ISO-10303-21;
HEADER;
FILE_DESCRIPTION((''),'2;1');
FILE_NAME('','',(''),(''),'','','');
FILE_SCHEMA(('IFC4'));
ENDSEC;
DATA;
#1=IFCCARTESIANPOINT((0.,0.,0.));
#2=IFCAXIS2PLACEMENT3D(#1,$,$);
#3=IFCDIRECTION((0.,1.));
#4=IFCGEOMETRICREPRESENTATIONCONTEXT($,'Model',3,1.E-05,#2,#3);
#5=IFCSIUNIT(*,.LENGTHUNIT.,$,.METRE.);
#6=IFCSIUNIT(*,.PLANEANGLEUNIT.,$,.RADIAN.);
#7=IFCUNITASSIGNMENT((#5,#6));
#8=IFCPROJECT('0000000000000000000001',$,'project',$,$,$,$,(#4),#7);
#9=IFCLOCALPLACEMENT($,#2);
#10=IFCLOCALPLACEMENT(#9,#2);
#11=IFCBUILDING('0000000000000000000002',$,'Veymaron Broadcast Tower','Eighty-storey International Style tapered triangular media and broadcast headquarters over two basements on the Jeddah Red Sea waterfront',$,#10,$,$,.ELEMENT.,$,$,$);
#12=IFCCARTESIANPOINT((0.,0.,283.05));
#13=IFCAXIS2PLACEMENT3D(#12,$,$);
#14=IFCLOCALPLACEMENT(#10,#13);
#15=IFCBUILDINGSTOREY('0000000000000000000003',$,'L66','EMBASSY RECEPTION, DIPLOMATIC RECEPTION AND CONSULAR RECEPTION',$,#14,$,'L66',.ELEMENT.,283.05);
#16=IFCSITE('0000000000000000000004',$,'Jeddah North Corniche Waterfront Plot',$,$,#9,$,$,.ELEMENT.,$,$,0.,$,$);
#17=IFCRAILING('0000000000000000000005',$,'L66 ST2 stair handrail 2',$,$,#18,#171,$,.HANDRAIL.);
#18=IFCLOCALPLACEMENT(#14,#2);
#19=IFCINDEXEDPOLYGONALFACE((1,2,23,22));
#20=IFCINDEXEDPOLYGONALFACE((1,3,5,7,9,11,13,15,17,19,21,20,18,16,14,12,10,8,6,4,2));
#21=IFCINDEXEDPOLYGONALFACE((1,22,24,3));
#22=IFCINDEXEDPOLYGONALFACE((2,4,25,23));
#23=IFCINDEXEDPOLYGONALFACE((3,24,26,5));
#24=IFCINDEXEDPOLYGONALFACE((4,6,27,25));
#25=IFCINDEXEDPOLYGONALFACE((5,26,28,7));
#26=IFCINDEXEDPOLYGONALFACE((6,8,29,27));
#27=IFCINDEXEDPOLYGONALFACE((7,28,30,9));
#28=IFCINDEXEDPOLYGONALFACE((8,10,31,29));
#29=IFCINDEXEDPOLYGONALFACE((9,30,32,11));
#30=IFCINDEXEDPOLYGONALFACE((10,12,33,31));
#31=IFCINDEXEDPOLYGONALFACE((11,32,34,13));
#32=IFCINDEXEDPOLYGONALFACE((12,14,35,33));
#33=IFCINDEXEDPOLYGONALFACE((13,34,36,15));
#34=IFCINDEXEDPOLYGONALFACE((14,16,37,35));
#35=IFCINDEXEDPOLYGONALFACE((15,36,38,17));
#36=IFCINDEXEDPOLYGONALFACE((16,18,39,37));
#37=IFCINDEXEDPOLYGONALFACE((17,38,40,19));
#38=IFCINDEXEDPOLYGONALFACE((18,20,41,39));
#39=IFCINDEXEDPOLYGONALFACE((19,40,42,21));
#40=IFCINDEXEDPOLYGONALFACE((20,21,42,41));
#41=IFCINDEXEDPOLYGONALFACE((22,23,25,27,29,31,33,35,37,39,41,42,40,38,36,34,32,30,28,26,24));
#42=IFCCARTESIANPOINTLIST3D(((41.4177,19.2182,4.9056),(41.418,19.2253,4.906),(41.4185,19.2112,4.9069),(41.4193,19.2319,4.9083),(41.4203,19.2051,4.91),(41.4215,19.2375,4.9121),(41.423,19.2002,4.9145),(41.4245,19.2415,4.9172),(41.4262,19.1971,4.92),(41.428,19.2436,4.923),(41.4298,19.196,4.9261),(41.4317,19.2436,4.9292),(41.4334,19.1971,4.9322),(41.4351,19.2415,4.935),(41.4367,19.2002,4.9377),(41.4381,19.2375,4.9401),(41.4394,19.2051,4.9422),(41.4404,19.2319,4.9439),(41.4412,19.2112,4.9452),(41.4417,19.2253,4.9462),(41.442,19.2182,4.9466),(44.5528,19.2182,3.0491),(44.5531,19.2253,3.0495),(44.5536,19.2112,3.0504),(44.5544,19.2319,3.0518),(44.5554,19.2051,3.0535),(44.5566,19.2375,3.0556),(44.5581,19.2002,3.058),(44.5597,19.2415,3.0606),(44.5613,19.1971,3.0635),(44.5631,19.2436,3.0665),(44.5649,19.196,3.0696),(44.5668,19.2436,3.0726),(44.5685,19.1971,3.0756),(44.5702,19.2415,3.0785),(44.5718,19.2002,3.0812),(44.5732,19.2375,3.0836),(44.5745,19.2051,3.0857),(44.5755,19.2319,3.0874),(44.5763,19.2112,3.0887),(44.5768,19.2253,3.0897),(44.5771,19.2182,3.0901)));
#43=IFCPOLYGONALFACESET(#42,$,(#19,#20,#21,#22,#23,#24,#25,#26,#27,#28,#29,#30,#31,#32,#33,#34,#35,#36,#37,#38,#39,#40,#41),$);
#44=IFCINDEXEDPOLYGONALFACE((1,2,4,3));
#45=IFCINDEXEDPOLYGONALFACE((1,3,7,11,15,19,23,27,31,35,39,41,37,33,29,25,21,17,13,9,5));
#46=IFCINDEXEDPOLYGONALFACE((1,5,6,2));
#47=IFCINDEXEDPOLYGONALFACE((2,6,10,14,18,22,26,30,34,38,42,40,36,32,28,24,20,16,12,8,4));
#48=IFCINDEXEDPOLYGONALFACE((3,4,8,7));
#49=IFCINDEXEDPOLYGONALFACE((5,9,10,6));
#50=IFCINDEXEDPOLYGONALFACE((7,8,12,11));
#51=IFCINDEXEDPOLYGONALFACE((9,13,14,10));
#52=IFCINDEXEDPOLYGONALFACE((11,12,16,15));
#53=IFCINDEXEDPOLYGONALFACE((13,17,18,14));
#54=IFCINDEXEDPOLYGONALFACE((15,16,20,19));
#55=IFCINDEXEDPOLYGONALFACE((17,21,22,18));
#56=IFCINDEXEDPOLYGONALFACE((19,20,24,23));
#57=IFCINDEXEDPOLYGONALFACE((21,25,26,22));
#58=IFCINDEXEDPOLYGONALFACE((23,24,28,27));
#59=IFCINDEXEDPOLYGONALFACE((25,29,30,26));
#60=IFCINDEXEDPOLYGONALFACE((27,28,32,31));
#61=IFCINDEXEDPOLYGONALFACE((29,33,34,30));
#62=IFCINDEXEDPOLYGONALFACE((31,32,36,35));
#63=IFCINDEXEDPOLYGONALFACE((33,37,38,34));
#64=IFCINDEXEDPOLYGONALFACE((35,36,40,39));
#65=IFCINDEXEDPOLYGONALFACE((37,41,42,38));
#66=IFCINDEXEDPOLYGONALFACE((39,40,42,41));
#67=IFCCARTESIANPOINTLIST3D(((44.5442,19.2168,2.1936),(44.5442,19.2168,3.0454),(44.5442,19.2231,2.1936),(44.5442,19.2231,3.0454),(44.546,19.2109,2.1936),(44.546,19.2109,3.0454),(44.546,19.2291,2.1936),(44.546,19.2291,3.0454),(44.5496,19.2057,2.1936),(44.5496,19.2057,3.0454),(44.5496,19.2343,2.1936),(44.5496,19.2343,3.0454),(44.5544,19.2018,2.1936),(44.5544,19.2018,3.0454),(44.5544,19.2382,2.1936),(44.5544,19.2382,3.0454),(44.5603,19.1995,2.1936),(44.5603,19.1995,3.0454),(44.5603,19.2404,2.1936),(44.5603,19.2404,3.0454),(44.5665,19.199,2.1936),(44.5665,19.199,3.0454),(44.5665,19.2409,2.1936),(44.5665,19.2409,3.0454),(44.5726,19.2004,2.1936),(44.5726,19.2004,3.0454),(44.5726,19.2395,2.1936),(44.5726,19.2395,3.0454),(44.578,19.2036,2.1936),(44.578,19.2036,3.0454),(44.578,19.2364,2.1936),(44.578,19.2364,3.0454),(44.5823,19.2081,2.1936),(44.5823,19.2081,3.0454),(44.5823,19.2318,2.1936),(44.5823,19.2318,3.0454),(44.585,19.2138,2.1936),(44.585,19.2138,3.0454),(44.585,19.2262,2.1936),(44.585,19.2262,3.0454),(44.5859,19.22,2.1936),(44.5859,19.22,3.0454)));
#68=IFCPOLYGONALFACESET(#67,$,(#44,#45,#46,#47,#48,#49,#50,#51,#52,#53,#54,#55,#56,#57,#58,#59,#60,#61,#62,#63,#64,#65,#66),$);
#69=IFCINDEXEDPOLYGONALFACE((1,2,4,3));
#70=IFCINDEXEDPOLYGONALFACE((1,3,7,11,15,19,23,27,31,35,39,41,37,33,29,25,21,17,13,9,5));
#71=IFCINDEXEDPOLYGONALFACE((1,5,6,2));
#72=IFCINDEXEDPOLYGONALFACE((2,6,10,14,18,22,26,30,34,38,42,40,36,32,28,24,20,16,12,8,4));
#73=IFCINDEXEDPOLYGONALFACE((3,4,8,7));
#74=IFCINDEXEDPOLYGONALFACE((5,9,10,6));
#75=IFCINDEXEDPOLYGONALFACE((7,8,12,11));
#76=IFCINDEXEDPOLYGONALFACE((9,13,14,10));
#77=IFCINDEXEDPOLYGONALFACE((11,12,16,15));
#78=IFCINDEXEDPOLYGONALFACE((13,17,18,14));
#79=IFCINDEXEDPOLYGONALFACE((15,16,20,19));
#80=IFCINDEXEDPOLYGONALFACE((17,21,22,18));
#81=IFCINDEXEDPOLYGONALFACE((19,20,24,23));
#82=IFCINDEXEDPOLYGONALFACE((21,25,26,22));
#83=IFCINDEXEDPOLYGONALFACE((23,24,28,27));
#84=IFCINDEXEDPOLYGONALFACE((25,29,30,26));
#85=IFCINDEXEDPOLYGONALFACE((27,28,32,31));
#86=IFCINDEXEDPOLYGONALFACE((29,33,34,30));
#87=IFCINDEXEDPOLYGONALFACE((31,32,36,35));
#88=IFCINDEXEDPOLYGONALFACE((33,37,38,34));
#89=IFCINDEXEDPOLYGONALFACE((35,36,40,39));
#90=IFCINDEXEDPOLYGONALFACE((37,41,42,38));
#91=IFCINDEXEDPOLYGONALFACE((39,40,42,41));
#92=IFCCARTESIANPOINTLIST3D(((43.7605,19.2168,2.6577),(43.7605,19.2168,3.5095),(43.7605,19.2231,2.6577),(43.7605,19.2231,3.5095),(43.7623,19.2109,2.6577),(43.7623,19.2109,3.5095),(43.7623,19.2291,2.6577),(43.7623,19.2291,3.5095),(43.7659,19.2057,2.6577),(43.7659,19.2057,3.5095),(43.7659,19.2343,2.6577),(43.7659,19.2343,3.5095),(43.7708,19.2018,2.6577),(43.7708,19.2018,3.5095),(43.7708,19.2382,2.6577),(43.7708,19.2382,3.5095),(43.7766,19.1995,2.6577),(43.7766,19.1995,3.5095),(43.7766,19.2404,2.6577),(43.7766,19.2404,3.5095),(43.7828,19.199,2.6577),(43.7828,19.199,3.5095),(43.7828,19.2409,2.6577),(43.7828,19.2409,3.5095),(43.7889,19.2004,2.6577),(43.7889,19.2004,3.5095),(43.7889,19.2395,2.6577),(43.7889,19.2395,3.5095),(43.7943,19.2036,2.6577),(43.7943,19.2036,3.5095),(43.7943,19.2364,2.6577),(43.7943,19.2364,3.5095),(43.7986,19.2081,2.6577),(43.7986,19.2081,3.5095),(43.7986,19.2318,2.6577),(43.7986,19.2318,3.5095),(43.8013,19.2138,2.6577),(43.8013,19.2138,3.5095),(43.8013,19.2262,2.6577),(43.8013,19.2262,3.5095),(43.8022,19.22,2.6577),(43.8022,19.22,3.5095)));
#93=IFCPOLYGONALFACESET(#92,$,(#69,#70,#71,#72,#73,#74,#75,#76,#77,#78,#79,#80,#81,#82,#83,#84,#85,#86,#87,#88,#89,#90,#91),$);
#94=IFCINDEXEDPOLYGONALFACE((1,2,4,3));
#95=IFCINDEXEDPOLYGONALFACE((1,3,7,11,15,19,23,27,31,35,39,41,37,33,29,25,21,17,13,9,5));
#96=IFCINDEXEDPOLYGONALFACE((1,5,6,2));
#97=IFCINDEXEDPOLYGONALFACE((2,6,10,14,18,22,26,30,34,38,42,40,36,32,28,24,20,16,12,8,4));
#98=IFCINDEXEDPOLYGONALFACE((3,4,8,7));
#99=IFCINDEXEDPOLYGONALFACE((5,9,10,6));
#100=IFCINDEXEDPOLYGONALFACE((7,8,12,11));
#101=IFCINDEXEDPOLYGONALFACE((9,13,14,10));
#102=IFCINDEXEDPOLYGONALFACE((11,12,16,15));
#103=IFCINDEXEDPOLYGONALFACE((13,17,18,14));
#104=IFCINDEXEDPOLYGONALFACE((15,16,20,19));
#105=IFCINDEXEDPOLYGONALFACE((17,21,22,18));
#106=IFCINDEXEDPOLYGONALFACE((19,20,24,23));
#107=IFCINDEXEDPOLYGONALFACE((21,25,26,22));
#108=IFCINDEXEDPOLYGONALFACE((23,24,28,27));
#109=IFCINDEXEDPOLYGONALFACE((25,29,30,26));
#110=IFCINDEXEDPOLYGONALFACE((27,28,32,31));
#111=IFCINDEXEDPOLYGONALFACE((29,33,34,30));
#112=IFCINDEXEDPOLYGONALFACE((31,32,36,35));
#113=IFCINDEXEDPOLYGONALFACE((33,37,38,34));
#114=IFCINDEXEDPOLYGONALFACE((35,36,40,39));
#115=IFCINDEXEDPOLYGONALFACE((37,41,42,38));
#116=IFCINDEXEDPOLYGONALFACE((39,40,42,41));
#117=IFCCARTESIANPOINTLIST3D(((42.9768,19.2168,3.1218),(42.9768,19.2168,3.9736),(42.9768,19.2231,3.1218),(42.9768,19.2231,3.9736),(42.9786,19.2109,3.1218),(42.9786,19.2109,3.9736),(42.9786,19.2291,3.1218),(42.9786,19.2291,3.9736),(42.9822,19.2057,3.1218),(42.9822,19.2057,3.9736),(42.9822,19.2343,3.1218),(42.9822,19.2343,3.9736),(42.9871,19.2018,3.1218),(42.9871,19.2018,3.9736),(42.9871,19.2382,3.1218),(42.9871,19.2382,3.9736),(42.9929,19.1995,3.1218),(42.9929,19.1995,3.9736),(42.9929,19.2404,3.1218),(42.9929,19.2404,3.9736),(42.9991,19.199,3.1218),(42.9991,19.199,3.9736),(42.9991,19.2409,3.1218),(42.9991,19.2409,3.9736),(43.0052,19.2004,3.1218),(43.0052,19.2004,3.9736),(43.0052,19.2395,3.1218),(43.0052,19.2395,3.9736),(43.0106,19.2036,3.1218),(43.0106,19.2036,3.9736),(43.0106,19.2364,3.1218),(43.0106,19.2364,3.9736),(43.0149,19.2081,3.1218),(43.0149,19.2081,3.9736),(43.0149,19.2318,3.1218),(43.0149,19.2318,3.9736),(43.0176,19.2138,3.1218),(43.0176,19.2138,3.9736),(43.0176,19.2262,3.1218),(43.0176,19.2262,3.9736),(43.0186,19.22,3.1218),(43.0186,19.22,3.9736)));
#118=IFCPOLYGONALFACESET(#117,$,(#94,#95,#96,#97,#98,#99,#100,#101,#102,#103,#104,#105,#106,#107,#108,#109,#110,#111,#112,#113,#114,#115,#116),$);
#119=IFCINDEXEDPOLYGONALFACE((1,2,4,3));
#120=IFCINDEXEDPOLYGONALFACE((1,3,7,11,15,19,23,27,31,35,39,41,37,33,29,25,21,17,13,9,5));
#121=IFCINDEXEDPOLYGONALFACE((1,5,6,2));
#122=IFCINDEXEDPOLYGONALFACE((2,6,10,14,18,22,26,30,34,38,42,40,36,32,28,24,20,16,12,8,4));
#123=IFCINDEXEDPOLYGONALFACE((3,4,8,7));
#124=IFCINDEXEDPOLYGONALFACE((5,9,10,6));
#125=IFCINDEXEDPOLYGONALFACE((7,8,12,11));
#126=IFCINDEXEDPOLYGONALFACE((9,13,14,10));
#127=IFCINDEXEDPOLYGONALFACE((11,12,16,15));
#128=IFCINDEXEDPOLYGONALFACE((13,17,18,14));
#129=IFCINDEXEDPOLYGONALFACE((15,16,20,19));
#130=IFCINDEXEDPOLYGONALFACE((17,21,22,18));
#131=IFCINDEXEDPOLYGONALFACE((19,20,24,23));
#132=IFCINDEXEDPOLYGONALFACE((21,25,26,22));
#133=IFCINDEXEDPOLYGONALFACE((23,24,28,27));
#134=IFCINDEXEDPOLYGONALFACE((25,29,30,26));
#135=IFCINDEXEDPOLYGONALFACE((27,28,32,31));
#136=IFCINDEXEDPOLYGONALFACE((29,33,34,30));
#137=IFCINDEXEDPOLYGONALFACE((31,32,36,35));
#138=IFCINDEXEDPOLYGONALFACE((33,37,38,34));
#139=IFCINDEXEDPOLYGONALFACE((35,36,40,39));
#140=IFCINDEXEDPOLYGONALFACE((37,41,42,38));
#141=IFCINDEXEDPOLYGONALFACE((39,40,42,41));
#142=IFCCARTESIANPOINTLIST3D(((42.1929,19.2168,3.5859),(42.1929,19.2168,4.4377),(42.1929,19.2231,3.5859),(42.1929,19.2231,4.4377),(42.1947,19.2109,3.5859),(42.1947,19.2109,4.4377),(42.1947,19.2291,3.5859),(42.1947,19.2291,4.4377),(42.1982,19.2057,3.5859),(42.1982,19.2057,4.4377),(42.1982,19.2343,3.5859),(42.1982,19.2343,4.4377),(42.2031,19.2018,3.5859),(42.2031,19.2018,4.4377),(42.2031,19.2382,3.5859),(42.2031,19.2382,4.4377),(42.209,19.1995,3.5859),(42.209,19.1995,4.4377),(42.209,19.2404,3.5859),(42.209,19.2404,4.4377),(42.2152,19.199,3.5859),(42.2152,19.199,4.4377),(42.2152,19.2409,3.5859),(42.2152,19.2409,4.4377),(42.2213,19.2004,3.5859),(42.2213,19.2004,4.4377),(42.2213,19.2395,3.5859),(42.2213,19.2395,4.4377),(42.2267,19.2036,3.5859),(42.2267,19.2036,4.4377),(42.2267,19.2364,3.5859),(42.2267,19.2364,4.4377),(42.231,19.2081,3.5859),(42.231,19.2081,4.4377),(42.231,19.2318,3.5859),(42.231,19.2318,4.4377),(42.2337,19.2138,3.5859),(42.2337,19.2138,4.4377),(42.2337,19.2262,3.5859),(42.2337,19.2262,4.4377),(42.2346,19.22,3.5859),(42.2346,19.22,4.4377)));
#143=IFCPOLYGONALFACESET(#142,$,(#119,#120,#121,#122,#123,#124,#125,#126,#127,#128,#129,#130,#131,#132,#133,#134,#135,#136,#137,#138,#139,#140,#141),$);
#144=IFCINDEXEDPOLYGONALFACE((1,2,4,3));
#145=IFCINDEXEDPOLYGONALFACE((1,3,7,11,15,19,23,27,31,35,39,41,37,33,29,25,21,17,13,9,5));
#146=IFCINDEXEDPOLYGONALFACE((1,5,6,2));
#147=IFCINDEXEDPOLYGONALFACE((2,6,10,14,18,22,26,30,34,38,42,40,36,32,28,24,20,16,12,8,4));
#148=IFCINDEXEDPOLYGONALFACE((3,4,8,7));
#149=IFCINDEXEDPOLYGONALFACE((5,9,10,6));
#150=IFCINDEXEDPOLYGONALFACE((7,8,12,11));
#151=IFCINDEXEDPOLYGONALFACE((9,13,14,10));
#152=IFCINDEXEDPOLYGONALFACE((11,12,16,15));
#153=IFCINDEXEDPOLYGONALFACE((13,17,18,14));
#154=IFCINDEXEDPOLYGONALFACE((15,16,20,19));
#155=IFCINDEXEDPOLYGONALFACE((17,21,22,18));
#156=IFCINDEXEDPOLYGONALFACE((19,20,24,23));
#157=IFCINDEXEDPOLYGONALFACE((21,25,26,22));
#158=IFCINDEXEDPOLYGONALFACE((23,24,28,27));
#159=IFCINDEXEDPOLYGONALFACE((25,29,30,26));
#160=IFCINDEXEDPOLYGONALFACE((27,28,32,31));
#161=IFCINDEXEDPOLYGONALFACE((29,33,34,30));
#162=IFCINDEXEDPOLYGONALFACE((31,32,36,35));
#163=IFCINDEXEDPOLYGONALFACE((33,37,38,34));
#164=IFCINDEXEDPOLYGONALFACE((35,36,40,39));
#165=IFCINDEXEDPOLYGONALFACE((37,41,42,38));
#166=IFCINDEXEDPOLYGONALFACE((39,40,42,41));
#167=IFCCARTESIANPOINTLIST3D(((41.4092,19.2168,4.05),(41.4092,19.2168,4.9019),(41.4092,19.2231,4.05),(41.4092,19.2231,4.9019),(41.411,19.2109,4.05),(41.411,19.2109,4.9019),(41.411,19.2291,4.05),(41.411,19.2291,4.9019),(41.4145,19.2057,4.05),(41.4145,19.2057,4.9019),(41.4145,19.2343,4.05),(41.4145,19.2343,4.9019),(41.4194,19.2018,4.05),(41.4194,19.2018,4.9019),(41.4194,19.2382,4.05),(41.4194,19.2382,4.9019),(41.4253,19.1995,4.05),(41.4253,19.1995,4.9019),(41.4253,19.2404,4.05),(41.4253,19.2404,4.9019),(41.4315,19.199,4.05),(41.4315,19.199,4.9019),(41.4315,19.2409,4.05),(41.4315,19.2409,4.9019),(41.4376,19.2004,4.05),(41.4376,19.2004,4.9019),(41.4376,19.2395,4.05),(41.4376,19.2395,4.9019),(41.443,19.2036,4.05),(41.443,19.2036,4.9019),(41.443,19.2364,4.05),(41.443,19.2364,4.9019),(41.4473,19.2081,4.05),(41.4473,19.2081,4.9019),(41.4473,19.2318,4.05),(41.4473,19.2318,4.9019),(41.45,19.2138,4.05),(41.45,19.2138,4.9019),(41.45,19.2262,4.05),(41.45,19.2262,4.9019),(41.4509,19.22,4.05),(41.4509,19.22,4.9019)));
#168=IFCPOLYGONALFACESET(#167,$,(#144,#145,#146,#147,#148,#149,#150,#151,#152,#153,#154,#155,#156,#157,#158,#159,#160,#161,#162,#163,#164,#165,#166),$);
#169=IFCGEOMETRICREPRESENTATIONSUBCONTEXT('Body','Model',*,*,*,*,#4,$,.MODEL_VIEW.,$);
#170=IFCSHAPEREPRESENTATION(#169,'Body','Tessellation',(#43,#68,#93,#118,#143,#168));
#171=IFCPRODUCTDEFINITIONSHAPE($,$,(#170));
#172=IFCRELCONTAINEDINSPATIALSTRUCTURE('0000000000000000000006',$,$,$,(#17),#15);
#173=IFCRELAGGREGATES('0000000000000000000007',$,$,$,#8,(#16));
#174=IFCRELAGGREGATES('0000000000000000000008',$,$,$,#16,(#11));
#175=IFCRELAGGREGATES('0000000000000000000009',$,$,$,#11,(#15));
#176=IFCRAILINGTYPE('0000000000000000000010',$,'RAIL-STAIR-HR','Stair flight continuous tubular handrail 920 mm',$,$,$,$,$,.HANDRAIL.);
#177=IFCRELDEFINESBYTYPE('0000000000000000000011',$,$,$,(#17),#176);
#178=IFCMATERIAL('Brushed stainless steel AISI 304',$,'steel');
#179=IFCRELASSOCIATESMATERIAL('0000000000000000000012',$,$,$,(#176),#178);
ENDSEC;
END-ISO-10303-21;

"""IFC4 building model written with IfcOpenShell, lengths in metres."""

from ifc_helpers import new_model, si_unit, direction, frame, origin, origin_2d, place, context, subcontext, project, spatial, circle, extrude, material, type_object, element, save


model = new_model("IFC4")

# Units and contexts
model_context = context("Model", 3, precision=1e-05, world=origin(), true_north=direction((0.0, 1.0)))
body_context = subcontext(model_context, "Body", "Model", "MODEL_VIEW")
ifc_project = project(units=[si_unit("LENGTHUNIT", "METRE"), si_unit("PLANEANGLEUNIT", "RADIAN")], contexts=[model_context])

# Site, building, storey
site_placement = place(None, origin())
site = spatial("IfcSite", under=ifc_project, at=site_placement, Name="Jeddah North Corniche Waterfront Plot", CompositionType="ELEMENT", RefElevation=0.0)
building_placement = place(site_placement, origin())
building = spatial("IfcBuilding", under=site, at=building_placement, Name="Veymaron Broadcast Tower", Description="Eighty-storey International Style tapered triangular media and broadcast headquarters over two basements on the Jeddah Red Sea waterfront", CompositionType="ELEMENT")
storey_placement = place(building_placement, frame((0.0, 0.0, 283.05)))
storey = spatial("IfcBuildingStorey", under=building, at=storey_placement, Name="L66", Description="EMBASSY RECEPTION, DIPLOMATIC RECEPTION AND CONSULAR RECEPTION", LongName="L66", CompositionType="ELEMENT", Elevation=283.05)

# Shared definitions
ifc_material_1 = material(Name="Brushed stainless steel AISI 304", Category="steel")

# Railing
railing_type_1 = type_object("IfcRailingType", Name="RAIL-STAIR-HR", Description="Stair flight continuous tubular handrail 920 mm", PredefinedType="HANDRAIL", material=ifc_material_1)
railing_1_placement = place(storey_placement, frame((44.5649, 19.22, 2.1936)))
element("IfcRailing", 1, at=railing_1_placement, inside=storey, type_object=railing_type_1, Name="L66 ST2 stair handrail 2", PredefinedType="HANDRAIL", context=body_context, shape_type="SweptSolid", body=[
    extrude(circle(Radius=0.0239, at=origin_2d()), frame((0.0, 0.0, 0.876), z_axis=(-0.860453, 0.0, 0.509531), x_axis=(0.0, -1.0, 0.0)), (0.0, 0.0, 1.0), 3.6436),
    extrude(circle(Radius=0.021, at=origin_2d()), origin(), (0.0, 0.0, 1.0), 0.8518),
    extrude(circle(Radius=0.021, at=origin_2d()), frame((-0.7837, 0.0, 0.4641)), (0.0, 0.0, 1.0), 0.8518),
    extrude(circle(Radius=0.021, at=origin_2d()), frame((-1.5674, 0.0, 0.9282)), (0.0, 0.0, 1.0), 0.8518),
    extrude(circle(Radius=0.021, at=origin_2d()), frame((-2.3513, 0.0, 1.3923)), (0.0, 0.0, 1.0), 0.8518),
    extrude(circle(Radius=0.021, at=origin_2d()), frame((-3.135, 0.0, 1.8564)), (0.0, 0.0, 1.0), 0.8518),
])

save(model, "model.ifc")
